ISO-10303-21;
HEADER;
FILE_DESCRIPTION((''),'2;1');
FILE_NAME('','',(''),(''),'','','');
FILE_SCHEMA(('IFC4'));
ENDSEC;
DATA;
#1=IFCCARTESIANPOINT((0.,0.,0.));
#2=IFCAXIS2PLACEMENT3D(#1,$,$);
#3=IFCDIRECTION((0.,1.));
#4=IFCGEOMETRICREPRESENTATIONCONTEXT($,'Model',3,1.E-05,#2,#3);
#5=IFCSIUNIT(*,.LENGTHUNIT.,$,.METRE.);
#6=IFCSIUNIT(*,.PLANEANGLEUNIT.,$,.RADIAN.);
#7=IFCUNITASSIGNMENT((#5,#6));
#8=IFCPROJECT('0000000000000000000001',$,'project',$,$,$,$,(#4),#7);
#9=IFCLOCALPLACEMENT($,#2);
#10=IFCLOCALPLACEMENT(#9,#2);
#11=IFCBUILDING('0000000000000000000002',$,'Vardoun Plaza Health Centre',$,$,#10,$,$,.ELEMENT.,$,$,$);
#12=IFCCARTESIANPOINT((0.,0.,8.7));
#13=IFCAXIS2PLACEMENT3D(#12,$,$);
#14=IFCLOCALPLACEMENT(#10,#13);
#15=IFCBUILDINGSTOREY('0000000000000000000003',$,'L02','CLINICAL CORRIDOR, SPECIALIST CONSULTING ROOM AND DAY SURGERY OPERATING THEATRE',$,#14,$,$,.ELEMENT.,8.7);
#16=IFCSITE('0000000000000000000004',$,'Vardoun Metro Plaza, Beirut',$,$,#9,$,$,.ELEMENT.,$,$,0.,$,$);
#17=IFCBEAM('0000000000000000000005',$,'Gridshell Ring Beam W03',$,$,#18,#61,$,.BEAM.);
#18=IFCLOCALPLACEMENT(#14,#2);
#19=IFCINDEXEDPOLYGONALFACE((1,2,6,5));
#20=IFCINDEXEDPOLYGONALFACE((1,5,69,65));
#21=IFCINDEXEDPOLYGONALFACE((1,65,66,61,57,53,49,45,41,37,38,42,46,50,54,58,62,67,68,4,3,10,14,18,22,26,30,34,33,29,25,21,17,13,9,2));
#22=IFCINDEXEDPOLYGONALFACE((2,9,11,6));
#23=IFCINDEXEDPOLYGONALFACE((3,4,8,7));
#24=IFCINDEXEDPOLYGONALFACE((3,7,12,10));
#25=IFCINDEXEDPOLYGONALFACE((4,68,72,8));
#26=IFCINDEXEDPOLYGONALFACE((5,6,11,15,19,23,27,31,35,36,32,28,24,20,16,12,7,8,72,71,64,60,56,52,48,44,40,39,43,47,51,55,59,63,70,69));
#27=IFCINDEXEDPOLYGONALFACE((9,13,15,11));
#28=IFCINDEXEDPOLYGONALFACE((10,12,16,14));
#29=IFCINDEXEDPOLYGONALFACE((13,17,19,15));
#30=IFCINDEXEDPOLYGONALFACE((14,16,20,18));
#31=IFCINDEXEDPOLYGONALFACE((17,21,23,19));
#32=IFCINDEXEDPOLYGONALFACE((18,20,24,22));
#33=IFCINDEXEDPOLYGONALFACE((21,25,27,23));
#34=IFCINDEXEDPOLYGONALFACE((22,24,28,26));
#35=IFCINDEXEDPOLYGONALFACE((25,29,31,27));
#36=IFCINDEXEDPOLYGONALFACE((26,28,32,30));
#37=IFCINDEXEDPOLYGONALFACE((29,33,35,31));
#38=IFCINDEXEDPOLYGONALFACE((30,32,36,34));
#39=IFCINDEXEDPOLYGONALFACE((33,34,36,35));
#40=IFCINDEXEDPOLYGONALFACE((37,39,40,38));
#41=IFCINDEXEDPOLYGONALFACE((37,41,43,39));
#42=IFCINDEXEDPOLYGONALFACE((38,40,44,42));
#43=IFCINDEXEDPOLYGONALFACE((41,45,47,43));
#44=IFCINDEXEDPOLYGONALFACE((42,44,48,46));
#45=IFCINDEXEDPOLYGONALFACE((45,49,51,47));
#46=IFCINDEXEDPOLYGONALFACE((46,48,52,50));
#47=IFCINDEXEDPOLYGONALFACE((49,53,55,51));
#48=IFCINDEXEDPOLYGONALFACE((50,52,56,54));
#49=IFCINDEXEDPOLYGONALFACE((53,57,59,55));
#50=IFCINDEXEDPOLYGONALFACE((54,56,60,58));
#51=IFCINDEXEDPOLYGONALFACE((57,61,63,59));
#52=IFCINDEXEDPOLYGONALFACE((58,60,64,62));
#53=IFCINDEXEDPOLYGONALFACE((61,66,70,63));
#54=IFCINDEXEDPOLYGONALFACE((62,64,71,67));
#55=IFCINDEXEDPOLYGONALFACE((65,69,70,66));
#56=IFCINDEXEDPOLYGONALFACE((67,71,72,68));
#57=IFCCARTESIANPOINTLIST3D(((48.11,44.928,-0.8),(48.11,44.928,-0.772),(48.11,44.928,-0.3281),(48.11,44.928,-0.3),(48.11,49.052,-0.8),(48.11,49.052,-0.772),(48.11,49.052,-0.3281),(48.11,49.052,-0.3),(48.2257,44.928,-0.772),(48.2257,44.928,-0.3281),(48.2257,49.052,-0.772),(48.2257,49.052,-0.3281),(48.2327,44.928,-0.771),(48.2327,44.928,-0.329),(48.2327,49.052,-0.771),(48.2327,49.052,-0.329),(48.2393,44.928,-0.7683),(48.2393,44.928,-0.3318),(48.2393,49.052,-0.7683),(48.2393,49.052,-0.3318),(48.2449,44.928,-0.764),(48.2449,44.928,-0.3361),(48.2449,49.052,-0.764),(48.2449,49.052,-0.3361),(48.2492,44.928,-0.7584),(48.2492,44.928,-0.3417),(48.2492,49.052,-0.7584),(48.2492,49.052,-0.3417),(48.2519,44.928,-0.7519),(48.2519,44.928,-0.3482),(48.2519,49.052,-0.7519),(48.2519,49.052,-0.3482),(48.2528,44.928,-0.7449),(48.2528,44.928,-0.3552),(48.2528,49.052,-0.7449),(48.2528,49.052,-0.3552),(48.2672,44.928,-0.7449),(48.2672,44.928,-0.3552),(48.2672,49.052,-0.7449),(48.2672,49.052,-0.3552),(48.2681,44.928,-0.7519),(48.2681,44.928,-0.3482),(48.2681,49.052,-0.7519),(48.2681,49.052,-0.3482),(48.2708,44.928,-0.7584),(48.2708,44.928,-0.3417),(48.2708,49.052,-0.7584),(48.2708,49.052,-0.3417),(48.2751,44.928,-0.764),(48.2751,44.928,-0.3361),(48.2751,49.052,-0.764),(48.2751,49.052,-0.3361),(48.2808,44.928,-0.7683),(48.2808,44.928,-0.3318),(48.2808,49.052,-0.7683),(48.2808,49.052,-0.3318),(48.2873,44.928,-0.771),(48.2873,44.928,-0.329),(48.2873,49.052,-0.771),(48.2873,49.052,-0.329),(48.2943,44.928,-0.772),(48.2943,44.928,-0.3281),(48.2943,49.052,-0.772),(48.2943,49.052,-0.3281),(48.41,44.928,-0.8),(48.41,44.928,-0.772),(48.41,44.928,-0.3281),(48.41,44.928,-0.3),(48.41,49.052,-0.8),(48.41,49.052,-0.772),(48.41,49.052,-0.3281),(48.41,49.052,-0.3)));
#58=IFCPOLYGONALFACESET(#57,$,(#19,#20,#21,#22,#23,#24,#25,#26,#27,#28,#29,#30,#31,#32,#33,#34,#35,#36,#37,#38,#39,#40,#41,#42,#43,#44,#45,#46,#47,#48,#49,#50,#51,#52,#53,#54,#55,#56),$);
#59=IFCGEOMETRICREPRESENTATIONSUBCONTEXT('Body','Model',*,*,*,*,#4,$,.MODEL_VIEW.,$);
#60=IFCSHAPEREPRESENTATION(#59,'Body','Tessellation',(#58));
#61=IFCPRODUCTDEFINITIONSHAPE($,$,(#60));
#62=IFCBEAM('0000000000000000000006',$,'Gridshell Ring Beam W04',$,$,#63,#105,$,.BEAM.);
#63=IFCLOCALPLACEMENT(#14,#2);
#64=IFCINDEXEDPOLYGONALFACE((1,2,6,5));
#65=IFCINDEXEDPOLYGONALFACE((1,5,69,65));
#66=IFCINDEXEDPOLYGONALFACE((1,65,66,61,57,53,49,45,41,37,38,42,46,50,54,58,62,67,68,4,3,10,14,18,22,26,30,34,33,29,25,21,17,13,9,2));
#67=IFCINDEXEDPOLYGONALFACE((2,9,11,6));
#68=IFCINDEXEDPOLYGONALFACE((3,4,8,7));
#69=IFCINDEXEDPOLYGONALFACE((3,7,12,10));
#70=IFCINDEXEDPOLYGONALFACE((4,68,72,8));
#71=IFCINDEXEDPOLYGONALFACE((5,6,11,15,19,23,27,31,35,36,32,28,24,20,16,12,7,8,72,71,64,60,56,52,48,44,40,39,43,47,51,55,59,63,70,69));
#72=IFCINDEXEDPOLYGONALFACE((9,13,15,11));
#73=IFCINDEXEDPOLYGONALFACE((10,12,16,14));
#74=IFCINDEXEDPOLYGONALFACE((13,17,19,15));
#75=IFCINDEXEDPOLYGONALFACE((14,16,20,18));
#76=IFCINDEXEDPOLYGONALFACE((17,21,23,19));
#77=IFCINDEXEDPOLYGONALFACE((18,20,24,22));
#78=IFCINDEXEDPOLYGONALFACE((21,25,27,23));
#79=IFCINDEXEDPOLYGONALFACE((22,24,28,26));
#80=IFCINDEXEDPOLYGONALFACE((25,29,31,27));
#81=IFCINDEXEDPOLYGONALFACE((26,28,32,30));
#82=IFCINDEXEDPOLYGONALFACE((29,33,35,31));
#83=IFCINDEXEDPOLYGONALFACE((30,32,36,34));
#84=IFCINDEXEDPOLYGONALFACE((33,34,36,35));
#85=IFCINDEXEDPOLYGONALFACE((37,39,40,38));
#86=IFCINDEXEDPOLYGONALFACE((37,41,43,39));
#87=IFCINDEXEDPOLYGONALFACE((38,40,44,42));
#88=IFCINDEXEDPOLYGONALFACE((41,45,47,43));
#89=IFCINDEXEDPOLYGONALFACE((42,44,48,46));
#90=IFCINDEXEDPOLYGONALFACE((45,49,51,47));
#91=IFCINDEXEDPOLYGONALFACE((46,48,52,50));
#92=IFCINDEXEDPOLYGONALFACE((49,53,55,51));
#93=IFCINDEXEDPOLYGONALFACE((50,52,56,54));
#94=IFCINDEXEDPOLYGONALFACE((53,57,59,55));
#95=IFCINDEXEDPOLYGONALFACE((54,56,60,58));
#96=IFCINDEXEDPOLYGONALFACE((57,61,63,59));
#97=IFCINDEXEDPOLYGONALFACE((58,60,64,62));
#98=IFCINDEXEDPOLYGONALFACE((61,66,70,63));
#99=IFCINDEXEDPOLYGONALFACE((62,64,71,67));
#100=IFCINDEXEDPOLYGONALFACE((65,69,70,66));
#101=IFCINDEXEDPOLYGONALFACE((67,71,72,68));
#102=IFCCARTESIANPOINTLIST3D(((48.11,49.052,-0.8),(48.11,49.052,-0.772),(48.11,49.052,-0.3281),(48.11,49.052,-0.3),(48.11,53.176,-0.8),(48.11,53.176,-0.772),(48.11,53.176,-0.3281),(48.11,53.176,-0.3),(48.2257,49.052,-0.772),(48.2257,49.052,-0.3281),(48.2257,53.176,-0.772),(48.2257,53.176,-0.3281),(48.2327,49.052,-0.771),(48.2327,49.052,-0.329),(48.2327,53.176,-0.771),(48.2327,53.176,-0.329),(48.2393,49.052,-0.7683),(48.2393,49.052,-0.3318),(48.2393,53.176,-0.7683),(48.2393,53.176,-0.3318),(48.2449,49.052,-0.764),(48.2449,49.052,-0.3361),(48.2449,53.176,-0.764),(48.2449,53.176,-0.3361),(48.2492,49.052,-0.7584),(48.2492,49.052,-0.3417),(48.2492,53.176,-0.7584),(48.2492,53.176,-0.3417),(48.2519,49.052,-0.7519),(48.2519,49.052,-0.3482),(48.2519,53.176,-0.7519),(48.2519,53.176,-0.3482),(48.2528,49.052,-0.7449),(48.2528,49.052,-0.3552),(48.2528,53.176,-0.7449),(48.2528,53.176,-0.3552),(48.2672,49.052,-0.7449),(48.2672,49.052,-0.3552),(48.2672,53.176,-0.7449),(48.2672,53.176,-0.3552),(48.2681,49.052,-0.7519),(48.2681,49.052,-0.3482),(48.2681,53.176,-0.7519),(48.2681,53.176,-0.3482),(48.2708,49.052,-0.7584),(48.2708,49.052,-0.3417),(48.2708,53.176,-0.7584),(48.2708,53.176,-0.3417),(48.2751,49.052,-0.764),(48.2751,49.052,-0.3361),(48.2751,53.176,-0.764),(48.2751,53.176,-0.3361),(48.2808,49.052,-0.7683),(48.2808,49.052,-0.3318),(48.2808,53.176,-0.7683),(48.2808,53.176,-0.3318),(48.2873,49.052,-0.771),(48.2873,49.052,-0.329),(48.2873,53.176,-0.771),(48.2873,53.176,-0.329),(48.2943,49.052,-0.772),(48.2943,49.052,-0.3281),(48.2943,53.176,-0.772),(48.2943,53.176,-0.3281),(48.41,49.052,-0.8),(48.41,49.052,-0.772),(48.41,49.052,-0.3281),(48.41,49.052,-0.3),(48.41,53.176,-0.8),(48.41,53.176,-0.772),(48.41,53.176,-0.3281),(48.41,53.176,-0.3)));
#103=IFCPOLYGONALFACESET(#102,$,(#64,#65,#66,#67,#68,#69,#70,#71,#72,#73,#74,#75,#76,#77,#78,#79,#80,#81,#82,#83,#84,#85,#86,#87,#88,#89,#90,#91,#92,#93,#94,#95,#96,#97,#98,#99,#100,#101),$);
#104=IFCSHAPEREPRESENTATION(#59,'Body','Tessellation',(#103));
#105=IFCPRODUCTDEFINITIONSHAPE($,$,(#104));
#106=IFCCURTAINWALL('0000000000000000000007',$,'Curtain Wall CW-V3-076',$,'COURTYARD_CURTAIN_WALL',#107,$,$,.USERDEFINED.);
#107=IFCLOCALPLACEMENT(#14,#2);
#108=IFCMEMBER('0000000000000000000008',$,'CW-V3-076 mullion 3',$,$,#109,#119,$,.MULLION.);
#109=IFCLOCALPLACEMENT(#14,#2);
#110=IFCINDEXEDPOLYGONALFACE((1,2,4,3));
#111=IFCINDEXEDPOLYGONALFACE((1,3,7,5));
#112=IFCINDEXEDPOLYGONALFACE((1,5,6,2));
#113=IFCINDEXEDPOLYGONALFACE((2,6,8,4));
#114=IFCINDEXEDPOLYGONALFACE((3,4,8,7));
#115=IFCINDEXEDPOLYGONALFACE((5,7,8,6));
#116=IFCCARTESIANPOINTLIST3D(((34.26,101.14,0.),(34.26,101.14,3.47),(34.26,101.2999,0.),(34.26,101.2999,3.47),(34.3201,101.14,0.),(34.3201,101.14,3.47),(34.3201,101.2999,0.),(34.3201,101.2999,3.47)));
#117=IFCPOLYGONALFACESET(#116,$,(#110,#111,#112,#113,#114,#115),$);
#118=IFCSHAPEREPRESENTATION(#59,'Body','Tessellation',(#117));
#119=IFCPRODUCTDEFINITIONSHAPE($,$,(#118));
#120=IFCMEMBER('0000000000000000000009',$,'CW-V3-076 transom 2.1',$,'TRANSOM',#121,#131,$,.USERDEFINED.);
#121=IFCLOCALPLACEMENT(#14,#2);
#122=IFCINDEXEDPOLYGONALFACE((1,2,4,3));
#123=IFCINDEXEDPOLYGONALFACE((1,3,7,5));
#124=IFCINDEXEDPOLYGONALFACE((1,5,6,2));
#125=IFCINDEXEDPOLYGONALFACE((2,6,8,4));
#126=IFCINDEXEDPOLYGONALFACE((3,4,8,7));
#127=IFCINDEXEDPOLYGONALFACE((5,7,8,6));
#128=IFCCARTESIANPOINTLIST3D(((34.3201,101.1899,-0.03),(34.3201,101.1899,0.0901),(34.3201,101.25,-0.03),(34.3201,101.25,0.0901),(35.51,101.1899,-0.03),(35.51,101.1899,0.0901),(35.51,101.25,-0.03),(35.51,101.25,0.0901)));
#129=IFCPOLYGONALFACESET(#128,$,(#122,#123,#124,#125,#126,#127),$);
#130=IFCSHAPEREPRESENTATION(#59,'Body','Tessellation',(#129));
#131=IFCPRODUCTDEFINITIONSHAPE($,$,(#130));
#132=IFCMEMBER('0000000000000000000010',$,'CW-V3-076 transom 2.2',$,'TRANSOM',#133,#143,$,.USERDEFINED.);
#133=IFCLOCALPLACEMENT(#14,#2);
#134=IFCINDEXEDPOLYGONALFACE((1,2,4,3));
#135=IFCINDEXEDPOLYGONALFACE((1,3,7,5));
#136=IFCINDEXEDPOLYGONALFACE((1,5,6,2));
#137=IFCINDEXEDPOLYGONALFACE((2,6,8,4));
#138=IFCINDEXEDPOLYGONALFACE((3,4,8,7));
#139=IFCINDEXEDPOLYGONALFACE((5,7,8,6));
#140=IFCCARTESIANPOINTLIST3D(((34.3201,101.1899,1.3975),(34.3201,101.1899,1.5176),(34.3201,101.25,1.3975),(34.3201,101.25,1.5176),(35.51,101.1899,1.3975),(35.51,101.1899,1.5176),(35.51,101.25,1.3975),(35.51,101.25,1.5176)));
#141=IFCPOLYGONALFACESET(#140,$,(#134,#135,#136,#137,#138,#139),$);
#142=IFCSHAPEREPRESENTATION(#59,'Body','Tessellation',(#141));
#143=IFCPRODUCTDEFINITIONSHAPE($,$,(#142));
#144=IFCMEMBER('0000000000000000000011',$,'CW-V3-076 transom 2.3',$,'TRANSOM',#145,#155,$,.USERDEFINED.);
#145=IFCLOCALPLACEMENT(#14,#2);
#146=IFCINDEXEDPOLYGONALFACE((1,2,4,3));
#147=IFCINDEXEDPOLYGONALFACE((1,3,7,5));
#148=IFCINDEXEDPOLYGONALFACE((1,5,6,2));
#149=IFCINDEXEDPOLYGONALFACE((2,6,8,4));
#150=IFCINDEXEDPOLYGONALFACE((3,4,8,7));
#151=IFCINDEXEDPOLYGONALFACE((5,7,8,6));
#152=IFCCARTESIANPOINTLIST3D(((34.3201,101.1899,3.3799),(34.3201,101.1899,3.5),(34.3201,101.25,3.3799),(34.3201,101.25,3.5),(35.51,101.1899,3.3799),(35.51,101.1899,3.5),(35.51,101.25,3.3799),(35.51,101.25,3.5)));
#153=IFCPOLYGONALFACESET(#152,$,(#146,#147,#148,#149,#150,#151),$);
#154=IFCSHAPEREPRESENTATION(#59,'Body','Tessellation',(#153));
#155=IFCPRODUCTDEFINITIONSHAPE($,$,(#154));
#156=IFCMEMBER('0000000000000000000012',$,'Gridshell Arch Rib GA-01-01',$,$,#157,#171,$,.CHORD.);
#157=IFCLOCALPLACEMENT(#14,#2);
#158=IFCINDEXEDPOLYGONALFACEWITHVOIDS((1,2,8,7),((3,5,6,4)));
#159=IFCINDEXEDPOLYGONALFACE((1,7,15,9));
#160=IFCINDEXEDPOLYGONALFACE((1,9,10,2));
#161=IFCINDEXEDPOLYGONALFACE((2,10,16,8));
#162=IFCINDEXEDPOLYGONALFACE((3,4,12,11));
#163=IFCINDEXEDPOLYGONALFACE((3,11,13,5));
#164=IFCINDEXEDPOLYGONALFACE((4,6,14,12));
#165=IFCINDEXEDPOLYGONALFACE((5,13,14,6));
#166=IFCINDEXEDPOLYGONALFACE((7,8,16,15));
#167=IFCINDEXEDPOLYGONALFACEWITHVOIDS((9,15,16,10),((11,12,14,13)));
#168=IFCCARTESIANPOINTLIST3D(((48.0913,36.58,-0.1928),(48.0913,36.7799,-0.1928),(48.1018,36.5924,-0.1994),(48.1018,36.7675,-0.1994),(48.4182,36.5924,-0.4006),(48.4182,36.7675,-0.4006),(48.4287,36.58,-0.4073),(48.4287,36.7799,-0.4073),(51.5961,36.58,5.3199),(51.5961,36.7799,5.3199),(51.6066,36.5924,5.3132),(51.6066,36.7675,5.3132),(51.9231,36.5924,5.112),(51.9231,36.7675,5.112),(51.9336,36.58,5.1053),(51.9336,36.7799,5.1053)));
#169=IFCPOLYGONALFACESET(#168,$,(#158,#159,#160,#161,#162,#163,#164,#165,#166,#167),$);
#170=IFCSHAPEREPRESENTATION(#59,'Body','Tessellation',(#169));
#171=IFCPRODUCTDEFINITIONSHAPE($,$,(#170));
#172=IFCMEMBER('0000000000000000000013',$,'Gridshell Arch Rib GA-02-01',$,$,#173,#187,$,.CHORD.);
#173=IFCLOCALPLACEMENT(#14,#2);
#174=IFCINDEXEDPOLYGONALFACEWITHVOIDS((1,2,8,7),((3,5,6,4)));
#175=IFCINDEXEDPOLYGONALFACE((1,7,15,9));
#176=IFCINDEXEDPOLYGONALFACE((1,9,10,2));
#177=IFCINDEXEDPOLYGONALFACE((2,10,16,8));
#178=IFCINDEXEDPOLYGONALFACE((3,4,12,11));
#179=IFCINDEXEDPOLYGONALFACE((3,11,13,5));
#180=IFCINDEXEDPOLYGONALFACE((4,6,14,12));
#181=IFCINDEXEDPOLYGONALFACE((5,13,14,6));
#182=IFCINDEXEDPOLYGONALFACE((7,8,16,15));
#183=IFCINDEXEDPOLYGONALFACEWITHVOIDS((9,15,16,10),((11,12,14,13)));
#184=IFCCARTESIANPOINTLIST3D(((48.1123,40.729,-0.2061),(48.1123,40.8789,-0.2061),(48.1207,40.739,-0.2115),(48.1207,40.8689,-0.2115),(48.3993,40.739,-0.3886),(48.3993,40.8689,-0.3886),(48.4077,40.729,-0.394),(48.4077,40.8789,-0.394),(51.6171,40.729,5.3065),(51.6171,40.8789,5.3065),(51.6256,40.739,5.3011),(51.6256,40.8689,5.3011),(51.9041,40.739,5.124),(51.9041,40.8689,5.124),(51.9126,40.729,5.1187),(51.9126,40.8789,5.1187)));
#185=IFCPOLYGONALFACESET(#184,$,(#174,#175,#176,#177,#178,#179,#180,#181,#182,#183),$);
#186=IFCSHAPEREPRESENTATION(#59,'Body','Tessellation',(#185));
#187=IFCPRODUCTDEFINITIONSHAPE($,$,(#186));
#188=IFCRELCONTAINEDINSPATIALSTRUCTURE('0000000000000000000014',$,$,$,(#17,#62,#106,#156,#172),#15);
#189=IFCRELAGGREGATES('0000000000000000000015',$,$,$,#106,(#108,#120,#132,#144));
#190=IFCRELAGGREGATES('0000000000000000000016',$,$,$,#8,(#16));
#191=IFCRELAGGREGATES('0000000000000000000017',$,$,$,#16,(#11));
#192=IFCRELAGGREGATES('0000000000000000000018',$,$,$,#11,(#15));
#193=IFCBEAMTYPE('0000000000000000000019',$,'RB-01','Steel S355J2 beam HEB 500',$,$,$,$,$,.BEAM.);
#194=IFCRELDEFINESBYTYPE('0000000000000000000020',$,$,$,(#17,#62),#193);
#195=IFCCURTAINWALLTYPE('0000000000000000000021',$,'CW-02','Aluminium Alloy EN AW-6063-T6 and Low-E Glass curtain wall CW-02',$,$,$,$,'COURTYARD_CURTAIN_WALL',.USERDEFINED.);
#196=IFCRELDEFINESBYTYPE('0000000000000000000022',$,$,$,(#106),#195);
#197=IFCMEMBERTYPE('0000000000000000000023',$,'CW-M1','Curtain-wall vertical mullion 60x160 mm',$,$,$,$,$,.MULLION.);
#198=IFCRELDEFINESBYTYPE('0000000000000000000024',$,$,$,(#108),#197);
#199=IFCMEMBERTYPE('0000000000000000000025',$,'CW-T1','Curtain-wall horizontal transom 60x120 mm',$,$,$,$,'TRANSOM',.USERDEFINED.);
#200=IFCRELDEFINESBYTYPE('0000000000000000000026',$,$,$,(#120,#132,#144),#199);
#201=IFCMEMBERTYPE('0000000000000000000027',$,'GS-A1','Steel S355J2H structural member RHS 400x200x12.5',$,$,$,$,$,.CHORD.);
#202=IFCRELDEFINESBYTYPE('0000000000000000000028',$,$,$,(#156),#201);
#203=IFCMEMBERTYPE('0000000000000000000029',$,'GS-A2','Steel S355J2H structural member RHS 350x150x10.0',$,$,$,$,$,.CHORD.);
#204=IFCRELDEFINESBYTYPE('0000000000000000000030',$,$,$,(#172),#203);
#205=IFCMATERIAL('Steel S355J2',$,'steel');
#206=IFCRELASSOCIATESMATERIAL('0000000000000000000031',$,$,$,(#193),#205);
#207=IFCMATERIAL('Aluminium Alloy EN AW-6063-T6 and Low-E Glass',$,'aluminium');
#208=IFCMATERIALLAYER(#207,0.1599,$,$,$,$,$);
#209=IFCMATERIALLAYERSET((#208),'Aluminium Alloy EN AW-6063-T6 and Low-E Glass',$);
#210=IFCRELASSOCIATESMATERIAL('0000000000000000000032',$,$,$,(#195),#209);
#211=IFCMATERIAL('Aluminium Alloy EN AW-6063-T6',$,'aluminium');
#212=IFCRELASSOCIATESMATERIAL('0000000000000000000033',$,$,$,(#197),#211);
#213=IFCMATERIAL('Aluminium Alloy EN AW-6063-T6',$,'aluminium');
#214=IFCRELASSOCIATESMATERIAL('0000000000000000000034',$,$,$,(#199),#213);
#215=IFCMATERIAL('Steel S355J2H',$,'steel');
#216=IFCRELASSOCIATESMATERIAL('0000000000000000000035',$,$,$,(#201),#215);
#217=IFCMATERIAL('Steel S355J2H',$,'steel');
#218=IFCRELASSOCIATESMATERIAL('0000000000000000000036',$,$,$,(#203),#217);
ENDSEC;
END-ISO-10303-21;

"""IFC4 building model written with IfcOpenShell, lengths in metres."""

from ifc_helpers import new_model, si_unit, direction, frame, origin, origin_2d, place, context, subcontext, project, spatial, rectangle, hollow_rectangle, i_section, extrude, material, layer, layer_set, material_profile, profile_set, type_object, element, aggregate, save


model = new_model("IFC4")

# Units and contexts
model_context = context("Model", 3, precision=1e-05, world=origin(), true_north=direction((0.0, 1.0)))
body_context = subcontext(model_context, "Body", "Model", "MODEL_VIEW")
ifc_project = project(units=[si_unit("LENGTHUNIT", "METRE"), si_unit("PLANEANGLEUNIT", "RADIAN")], contexts=[model_context])

# Site, building, storey
site_placement = place(None, origin())
site = spatial("IfcSite", under=ifc_project, at=site_placement, Name="Vardoun Metro Plaza, Beirut", CompositionType="ELEMENT", RefElevation=0.0)
building_placement = place(site_placement, origin())
building = spatial("IfcBuilding", under=site, at=building_placement, Name="Vardoun Plaza Health Centre", CompositionType="ELEMENT")
storey_placement = place(building_placement, frame((0.0, 0.0, 8.7)))
storey = spatial("IfcBuildingStorey", under=building, at=storey_placement, Name="L02", Description="CLINICAL CORRIDOR, SPECIALIST CONSULTING ROOM AND DAY SURGERY OPERATING THEATRE", CompositionType="ELEMENT", Elevation=8.7)

# Beams
ifc_material_1 = material(Name="Steel S355J2", Category="steel")
ifc_material_profile_1 = material_profile(ifc_material_1, i_section(OverallWidth=0.3, OverallDepth=0.5, WebThickness=0.0144, FlangeThickness=0.0281, FilletRadius=0.0271, at=origin_2d()), Name="HEB 500")
ifc_profile_set_1 = profile_set([ifc_material_profile_1], Name="Steel S355J2")
beam_type_1 = type_object("IfcBeamType", Name="RB-01", Description="Steel S355J2 beam HEB 500", PredefinedType="BEAM", material=ifc_profile_set_1)
for number, where, z_axis, x_axis, name in (
    (1, (48.26, 44.928, -0.55), (0.0, 1.0, 0.0), (-1.0, 0.0, 0.0), "Gridshell Ring Beam W03"),
    (2, (48.26, 49.052, -0.55), (0.0, 1.0, 0.0), (-1.0, 0.0, 0.0), "Gridshell Ring Beam W04"),
):
    element("IfcBeam", number, at=place(storey_placement, frame(where, z_axis=z_axis, x_axis=x_axis)), inside=storey, type_object=beam_type_1, Name=name, PredefinedType="BEAM", context=body_context, shape_type="SweptSolid", body=[
        extrude(i_section(OverallWidth=0.3, OverallDepth=0.5, WebThickness=0.0144, FlangeThickness=0.0281, FilletRadius=0.0271, at=origin_2d()), origin(), (0.0, 0.0, 1.0), 4.124),
    ])

# Curtain wall, members
ifc_material_2 = material(Name="Aluminium Alloy EN AW-6063-T6 and Low-E Glass", Category="aluminium")
ifc_layer_1 = layer(ifc_material_2, 0.1599)
ifc_layer_set_1 = layer_set([ifc_layer_1], Name="Aluminium Alloy EN AW-6063-T6 and Low-E Glass")
curtain_wall_type = type_object("IfcCurtainWallType", Name="CW-02", Description="Aluminium Alloy EN AW-6063-T6 and Low-E Glass curtain wall CW-02", ElementType="COURTYARD_CURTAIN_WALL", PredefinedType="USERDEFINED", material=ifc_layer_set_1)
curtain_wall_placement = place(storey_placement, origin())
curtain_wall = element("IfcCurtainWall", 3, at=curtain_wall_placement, inside=storey, type_object=curtain_wall_type, Name="Curtain Wall CW-V3-076", ObjectType="COURTYARD_CURTAIN_WALL", PredefinedType="USERDEFINED")
ifc_material_3 = material(Name="Aluminium Alloy EN AW-6063-T6", Category="aluminium")
ifc_material_profile_2 = material_profile(ifc_material_3, rectangle(XDim=0.1599, YDim=0.0601, at=origin_2d()), Name="CWM 60x160")
ifc_profile_set_2 = profile_set([ifc_material_profile_2], Name="Aluminium Alloy EN AW-6063-T6")
member_type_1 = type_object("IfcMemberType", Name="CW-M1", Description="Curtain-wall vertical mullion 60x160 mm", PredefinedType="MULLION", material=ifc_profile_set_2)
member_1_placement = place(storey_placement, frame((34.29, 101.22, 0.0), z_axis=(0.0, 0.0, 1.0), x_axis=(0.0, -1.0, 0.0)))
member_1 = element("IfcMember", 4, at=member_1_placement, type_object=member_type_1, Name="CW-V3-076 mullion 3", PredefinedType="MULLION", context=body_context, shape_type="SweptSolid", body=[
    extrude(rectangle(XDim=0.1599, YDim=0.0601, at=origin_2d()), origin(), (0.0, 0.0, 1.0), 3.47),
])
ifc_material_4 = material(Name="Aluminium Alloy EN AW-6063-T6", Category="aluminium")
ifc_material_profile_3 = material_profile(ifc_material_4, rectangle(XDim=0.0601, YDim=0.1201, at=origin_2d()), Name="CWT 60x120")
ifc_profile_set_3 = profile_set([ifc_material_profile_3], Name="Aluminium Alloy EN AW-6063-T6")
member_type_2 = type_object("IfcMemberType", Name="CW-T1", Description="Curtain-wall horizontal transom 60x120 mm", ElementType="TRANSOM", PredefinedType="USERDEFINED", material=ifc_profile_set_3)
member_2_placement = place(storey_placement, frame((35.51, 101.22, 0.03), z_axis=(-1.0, 0.0, 0.0), x_axis=(0.0, -1.0, 0.0)))
member_2 = element("IfcMember", 5, at=member_2_placement, type_object=member_type_2, Name="CW-V3-076 transom 2.1", ObjectType="TRANSOM", PredefinedType="USERDEFINED", context=body_context, shape_type="SweptSolid", body=[
    extrude(rectangle(XDim=0.0601, YDim=0.1201, at=origin_2d()), origin(), (0.0, 0.0, 1.0), 1.1899),
])
member_3_placement = place(storey_placement, frame((35.51, 101.22, 1.4575), z_axis=(-1.0, 0.0, 0.0), x_axis=(0.0, -1.0, 0.0)))
member_3 = element("IfcMember", 6, at=member_3_placement, type_object=member_type_2, Name="CW-V3-076 transom 2.2", ObjectType="TRANSOM", PredefinedType="USERDEFINED", context=body_context, shape_type="SweptSolid", body=[
    extrude(rectangle(XDim=0.0601, YDim=0.1201, at=origin_2d()), origin(), (0.0, 0.0, 1.0), 1.1899),
])
member_4_placement = place(storey_placement, frame((35.51, 101.22, 3.4399), z_axis=(-1.0, 0.0, 0.0), x_axis=(0.0, -1.0, 0.0)))
member_4 = element("IfcMember", 7, at=member_4_placement, type_object=member_type_2, Name="CW-V3-076 transom 2.3", ObjectType="TRANSOM", PredefinedType="USERDEFINED", context=body_context, shape_type="SweptSolid", body=[
    extrude(rectangle(XDim=0.0601, YDim=0.1201, at=origin_2d()), origin(), (0.0, 0.0, 1.0), 1.1899),
])

# Members
ifc_material_5 = material(Name="Steel S355J2H", Category="steel")
ifc_material_profile_4 = material_profile(ifc_material_5, hollow_rectangle(XDim=0.2, YDim=0.3999, WallThickness=0.0125, at=origin_2d()), Name="RHS 400x200x12.5")
ifc_profile_set_4 = profile_set([ifc_material_profile_4], Name="Steel S355J2H")
member_type_3 = type_object("IfcMemberType", Name="GS-A1", Description="Steel S355J2H structural member RHS 400x200x12.5", PredefinedType="CHORD", material=ifc_profile_set_4)
member_5_placement = place(storey_placement, frame((48.26, 36.6799, -0.3), z_axis=(0.536527, 0.0, 0.843883), x_axis=(0.0, 1.0, 0.0)))
element("IfcMember", 8, at=member_5_placement, inside=storey, type_object=member_type_3, Name="Gridshell Arch Rib GA-01-01", PredefinedType="CHORD", context=body_context, shape_type="SweptSolid", body=[
    extrude(hollow_rectangle(XDim=0.2, YDim=0.3999, WallThickness=0.0125, at=origin_2d()), origin(), (0.0, 0.0, 1.0), 6.5325),
])
ifc_material_6 = material(Name="Steel S355J2H", Category="steel")
ifc_material_profile_5 = material_profile(ifc_material_6, hollow_rectangle(XDim=0.1499, YDim=0.3501, WallThickness=0.01, at=origin_2d()), Name="RHS 350x150x10.0")
ifc_profile_set_5 = profile_set([ifc_material_profile_5], Name="Steel S355J2H")
member_type_4 = type_object("IfcMemberType", Name="GS-A2", Description="Steel S355J2H structural member RHS 350x150x10.0", PredefinedType="CHORD", material=ifc_profile_set_5)
for number, where, z_axis, x_axis, name in (
    (9, (48.26, 40.804, -0.3), (0.536527, 0.0, 0.843883), (0.0, 1.0, 0.0), "Gridshell Arch Rib GA-02-01"),
):
    element("IfcMember", number, at=place(storey_placement, frame(where, z_axis=z_axis, x_axis=x_axis)), inside=storey, type_object=member_type_4, Name=name, PredefinedType="CHORD", context=body_context, shape_type="SweptSolid", body=[
        extrude(hollow_rectangle(XDim=0.1499, YDim=0.3501, WallThickness=0.01, at=origin_2d()), origin(), (0.0, 0.0, 1.0), 6.5325),
    ])

aggregate(curtain_wall, [member_1, member_2, member_3, member_4])

save(model, "model.ifc")
